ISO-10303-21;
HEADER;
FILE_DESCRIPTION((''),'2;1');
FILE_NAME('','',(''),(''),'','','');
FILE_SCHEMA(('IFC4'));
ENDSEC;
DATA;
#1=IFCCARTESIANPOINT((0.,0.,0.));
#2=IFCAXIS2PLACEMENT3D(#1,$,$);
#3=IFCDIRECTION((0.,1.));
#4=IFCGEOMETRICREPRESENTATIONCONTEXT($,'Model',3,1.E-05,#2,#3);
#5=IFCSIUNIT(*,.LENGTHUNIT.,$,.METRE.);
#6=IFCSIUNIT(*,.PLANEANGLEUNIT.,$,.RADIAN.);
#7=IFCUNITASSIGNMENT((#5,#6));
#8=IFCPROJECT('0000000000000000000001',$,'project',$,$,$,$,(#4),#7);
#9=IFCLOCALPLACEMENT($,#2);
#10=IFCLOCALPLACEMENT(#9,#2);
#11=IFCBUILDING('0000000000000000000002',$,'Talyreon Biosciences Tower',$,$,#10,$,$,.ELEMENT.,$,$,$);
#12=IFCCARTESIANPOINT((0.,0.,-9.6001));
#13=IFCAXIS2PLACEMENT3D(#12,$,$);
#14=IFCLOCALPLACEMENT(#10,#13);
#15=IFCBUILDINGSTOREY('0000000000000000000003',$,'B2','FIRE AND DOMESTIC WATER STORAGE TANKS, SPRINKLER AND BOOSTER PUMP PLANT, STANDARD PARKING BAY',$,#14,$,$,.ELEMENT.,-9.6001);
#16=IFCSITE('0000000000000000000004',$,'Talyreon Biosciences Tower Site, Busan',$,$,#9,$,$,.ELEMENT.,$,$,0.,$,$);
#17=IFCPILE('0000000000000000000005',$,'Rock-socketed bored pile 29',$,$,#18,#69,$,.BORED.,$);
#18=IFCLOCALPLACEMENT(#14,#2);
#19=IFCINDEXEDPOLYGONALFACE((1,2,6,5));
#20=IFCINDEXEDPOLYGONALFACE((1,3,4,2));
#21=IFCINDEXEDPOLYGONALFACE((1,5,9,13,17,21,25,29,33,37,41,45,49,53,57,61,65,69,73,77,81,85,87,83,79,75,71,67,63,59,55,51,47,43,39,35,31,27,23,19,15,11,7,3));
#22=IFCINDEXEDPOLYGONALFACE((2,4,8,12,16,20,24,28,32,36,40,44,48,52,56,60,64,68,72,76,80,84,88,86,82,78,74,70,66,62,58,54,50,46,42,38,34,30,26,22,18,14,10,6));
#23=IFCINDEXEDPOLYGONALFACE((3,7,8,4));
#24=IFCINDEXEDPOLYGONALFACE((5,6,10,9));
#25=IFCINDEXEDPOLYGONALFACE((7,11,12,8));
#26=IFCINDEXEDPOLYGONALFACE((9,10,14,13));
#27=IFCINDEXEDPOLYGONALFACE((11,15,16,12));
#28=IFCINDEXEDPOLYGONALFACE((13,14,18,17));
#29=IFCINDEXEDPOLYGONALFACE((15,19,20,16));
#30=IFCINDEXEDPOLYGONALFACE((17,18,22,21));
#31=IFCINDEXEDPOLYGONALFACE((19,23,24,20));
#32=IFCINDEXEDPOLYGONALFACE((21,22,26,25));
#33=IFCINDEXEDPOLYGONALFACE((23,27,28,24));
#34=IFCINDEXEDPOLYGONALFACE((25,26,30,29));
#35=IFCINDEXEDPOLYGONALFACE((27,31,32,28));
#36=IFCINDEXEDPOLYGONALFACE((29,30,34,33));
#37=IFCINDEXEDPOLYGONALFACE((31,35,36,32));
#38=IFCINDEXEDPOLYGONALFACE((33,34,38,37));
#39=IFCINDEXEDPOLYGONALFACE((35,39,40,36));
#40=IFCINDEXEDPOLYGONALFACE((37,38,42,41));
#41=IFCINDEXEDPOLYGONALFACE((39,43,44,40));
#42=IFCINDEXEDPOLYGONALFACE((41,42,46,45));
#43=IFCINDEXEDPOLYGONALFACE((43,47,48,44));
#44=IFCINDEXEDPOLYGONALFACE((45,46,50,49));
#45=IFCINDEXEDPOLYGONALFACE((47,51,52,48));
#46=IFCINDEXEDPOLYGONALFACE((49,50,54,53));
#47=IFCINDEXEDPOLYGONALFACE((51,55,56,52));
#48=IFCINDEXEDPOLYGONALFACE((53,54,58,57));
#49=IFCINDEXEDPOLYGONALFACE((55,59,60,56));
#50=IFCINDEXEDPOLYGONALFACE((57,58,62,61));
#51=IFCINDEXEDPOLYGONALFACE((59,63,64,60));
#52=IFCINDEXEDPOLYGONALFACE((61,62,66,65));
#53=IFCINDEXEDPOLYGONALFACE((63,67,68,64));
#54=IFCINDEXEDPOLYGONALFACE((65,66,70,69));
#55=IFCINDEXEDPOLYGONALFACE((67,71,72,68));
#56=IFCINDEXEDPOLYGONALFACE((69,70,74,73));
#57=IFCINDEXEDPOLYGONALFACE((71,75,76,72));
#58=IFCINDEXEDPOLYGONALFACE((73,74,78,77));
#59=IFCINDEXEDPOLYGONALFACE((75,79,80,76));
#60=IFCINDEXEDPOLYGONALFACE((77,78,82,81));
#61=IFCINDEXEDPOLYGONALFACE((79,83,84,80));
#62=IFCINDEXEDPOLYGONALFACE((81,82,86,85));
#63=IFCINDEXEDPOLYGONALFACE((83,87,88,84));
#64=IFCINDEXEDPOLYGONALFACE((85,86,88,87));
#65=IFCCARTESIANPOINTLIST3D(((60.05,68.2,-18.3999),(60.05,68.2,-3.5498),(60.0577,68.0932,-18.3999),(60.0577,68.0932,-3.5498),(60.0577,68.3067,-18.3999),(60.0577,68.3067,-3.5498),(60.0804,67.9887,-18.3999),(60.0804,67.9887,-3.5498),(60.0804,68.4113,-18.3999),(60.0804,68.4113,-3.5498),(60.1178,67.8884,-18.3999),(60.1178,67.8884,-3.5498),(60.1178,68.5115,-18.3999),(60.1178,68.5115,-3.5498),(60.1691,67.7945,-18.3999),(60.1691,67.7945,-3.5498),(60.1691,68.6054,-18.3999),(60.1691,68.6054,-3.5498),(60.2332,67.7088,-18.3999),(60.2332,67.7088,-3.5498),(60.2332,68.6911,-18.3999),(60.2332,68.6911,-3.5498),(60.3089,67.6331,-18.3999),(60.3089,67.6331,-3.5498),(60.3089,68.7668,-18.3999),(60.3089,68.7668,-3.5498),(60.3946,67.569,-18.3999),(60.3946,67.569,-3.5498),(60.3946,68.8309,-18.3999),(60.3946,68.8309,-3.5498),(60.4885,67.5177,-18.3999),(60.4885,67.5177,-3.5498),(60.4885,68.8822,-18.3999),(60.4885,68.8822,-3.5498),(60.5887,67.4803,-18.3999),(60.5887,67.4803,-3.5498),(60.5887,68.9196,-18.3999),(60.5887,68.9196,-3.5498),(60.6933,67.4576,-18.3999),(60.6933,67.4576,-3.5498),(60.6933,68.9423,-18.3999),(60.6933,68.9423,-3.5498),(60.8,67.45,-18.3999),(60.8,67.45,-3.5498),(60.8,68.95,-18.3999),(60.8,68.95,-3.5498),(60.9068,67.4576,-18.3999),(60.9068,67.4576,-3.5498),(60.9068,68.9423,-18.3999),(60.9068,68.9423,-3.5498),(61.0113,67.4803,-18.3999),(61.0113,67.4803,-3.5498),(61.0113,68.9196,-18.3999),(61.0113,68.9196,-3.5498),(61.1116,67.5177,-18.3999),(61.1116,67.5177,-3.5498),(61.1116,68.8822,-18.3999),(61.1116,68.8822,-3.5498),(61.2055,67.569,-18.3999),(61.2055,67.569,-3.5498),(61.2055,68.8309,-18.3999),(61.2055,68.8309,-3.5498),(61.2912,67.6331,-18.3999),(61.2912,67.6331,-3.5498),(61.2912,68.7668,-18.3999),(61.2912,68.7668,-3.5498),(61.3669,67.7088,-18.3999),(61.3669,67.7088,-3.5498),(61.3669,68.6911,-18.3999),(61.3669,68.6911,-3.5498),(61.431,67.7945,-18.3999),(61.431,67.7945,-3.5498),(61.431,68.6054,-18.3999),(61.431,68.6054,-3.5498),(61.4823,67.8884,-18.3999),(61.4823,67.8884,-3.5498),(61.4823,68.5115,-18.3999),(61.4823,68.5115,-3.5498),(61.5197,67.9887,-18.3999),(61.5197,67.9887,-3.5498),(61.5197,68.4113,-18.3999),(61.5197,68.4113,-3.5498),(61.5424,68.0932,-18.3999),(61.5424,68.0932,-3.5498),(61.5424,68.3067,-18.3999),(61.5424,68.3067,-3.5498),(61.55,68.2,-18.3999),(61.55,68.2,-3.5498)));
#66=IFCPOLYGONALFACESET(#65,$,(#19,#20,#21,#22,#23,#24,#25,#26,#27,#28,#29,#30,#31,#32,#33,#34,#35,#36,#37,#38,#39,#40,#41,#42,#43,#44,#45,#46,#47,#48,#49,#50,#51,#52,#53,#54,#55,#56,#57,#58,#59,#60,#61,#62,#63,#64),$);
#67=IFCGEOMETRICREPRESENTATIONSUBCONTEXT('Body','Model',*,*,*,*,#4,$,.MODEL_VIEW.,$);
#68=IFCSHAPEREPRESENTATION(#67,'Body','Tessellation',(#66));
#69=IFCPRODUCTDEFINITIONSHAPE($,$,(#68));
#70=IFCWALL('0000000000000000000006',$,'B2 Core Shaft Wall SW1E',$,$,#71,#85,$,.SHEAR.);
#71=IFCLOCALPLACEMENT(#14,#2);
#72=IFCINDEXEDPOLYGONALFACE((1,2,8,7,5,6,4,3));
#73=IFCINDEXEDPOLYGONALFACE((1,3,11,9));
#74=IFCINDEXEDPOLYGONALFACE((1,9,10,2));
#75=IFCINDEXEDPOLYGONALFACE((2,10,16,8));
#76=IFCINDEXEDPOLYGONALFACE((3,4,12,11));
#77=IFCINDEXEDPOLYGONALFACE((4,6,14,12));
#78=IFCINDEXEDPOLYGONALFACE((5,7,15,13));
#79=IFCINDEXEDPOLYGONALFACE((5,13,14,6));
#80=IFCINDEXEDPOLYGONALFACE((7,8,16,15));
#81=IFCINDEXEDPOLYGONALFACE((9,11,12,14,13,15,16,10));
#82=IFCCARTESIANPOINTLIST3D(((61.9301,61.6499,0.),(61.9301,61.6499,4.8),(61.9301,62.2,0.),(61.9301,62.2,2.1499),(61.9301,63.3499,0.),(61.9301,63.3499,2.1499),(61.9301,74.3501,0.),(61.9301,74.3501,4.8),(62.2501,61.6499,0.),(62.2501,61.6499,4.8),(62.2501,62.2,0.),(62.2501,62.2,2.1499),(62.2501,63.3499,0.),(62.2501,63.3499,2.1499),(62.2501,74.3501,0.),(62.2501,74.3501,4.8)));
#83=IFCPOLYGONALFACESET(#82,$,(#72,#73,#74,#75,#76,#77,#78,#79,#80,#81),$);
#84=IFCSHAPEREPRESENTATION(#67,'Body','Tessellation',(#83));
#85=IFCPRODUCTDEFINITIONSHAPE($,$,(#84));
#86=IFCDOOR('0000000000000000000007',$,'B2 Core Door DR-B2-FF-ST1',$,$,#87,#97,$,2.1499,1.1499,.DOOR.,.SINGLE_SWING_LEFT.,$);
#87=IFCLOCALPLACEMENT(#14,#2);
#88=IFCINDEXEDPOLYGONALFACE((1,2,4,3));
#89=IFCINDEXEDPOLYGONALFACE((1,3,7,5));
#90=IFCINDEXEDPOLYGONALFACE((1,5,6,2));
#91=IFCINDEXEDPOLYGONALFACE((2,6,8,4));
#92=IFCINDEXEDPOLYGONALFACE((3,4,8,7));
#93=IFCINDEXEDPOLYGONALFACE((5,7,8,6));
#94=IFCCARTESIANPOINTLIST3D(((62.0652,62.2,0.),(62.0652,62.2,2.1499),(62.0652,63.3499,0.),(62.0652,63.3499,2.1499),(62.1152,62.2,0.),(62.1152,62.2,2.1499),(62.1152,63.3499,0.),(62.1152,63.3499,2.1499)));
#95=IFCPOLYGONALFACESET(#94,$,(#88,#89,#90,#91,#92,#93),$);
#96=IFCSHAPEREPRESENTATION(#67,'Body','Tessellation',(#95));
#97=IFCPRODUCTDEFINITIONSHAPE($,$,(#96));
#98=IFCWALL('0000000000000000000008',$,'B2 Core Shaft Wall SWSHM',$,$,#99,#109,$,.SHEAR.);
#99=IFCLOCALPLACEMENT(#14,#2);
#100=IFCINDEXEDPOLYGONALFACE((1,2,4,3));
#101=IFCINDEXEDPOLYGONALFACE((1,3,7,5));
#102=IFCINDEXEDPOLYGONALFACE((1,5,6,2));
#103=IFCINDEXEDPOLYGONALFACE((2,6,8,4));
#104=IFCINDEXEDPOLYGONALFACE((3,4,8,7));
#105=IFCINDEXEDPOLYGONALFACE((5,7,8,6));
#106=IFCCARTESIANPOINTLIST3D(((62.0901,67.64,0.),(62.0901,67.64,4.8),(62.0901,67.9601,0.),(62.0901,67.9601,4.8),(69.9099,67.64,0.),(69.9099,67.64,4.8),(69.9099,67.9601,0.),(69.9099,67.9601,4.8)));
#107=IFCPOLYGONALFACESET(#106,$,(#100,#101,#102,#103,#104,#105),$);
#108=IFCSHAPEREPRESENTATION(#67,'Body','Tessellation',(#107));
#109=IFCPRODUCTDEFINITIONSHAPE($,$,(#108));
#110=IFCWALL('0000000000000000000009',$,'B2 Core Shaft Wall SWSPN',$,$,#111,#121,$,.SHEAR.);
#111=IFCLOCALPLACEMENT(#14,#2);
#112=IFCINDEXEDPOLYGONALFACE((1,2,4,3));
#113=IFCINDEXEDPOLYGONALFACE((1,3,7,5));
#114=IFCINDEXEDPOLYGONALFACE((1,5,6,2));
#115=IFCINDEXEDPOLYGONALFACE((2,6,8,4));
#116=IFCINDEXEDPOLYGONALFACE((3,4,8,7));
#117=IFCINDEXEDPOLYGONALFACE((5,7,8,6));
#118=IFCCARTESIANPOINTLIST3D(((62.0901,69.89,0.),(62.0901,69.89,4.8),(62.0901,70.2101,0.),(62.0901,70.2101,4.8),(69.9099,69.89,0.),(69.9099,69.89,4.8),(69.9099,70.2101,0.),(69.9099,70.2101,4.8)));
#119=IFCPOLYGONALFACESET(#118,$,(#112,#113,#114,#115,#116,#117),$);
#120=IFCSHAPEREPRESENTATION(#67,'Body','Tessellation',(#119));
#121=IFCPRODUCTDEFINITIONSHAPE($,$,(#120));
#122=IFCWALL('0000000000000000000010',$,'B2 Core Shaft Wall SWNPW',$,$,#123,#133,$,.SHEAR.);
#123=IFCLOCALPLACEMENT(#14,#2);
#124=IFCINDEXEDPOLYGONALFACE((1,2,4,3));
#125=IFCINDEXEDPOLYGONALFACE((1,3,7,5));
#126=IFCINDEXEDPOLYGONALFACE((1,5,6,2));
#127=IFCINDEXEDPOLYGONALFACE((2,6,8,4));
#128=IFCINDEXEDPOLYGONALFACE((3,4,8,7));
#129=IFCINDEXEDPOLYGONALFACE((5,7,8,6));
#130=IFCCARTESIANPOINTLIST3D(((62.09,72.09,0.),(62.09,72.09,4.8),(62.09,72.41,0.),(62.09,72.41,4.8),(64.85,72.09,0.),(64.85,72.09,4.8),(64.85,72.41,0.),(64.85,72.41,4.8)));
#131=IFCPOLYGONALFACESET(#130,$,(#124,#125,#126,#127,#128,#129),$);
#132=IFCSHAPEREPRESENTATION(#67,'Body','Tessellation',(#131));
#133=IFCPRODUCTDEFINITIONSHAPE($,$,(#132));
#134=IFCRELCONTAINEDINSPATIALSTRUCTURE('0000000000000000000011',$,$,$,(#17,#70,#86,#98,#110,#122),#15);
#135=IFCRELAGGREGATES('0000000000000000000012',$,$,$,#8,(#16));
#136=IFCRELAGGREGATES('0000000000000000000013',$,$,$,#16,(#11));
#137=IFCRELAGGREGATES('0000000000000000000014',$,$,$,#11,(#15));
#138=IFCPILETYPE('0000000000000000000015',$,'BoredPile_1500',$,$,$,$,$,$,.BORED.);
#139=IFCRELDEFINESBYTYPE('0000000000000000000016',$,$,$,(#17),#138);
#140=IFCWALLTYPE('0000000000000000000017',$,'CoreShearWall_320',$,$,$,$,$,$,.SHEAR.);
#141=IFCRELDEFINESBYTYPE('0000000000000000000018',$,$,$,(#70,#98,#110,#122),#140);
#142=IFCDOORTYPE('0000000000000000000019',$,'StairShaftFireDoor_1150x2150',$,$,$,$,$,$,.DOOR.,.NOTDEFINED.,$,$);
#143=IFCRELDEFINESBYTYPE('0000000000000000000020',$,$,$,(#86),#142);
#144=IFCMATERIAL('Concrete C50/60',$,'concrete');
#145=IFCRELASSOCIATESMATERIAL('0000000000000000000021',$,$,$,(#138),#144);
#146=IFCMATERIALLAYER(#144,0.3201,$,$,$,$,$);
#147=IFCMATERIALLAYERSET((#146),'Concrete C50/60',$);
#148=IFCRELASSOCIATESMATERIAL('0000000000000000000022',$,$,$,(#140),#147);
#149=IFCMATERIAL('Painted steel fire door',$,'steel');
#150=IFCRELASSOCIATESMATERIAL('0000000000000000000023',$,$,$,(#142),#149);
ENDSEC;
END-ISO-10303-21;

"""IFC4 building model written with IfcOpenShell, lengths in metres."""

from ifc_helpers import new_model, si_unit, direction, frame, frame_2d, origin, origin_2d, place, context, subcontext, project, spatial, rectangle, circle, extrude, material, layer, layer_set, material_profile, profile_set, type_object, element, fill, save


model = new_model("IFC4")

# Units and contexts
model_context = context("Model", 3, precision=1e-05, world=origin(), true_north=direction((0.0, 1.0)))
body_context = subcontext(model_context, "Body", "Model", "MODEL_VIEW")
ifc_project = project(units=[si_unit("LENGTHUNIT", "METRE"), si_unit("PLANEANGLEUNIT", "RADIAN")], contexts=[model_context])

# Site, building, storey
site_placement = place(None, origin())
site = spatial("IfcSite", under=ifc_project, at=site_placement, Name="Talyreon Biosciences Tower Site, Busan", CompositionType="ELEMENT", RefElevation=0.0)
building_placement = place(site_placement, origin())
building = spatial("IfcBuilding", under=site, at=building_placement, Name="Talyreon Biosciences Tower", CompositionType="ELEMENT")
storey_placement = place(building_placement, frame((0.0, 0.0, -9.6001)))
storey = spatial("IfcBuildingStorey", under=building, at=storey_placement, Name="B2", Description="FIRE AND DOMESTIC WATER STORAGE TANKS, SPRINKLER AND BOOSTER PUMP PLANT, STANDARD PARKING BAY", CompositionType="ELEMENT", Elevation=-9.6001)

# Pile
ifc_material_1 = material(Name="Concrete C50/60", Category="concrete")
ifc_material_profile = material_profile(ifc_material_1, circle(Radius=0.75, at=origin_2d()), Name="PILE D1500")
ifc_profile_set = profile_set([ifc_material_profile], Name="Concrete C50/60")
pile_type = type_object("IfcPileType", Name="BoredPile_1500", PredefinedType="BORED", material=ifc_profile_set)
pile_placement = place(storey_placement, frame((60.8, 68.2, -3.5498), z_axis=(0.0, 0.0, -1.0), x_axis=(1.0, 0.0, 0.0)))
element("IfcPile", 1, at=pile_placement, inside=storey, type_object=pile_type, Name="Rock-socketed bored pile 29", PredefinedType="BORED", context=body_context, shape_type="SweptSolid", body=[
    extrude(circle(Radius=0.75, at=origin_2d()), origin(), (0.0, 0.0, 1.0), 14.8501),
])

# Wall, opening, door
ifc_layer = layer(ifc_material_1, 0.3201)
ifc_layer_set = layer_set([ifc_layer], Name="Concrete C50/60")
wall_type = type_object("IfcWallType", Name="CoreShearWall_320", PredefinedType="SHEAR", material=ifc_layer_set)
wall_1_placement = place(storey_placement, frame((62.0901, 61.6499, 0.0), z_axis=(0.0, 0.0, 1.0), x_axis=(0.0, 1.0, 0.0)))
wall_1 = element("IfcWall", 2, at=wall_1_placement, inside=storey, type_object=wall_type, Name="B2 Core Shaft Wall SW1E", PredefinedType="SHEAR", context=body_context, shape_type="SweptSolid", body=[
    extrude(rectangle(XDim=12.7002, YDim=0.3201, at=frame_2d((6.3501, 0.0))), origin(), (0.0, 0.0, 1.0), 4.8),
])
opening_1_placement = place(wall_1_placement, frame((0.55, 0.0, 0.0)))
opening_1 = element("IfcOpeningElement", 3, at=opening_1_placement, cuts=wall_1, PredefinedType="OPENING", context=body_context, shape_type="SweptSolid", body=[
    extrude(rectangle(XDim=1.1499, YDim=2.1499, at=frame_2d((0.575, 1.075))), frame((0.0, 0.1699, 0.0), z_axis=(0.0, -1.0, 0.0), x_axis=(1.0, 0.0, 0.0)), (0.0, 0.0, 1.0), 0.3401),
])
ifc_material_2 = material(Name="Painted steel fire door", Category="steel")
door_type_1 = type_object("IfcDoorType", Name="StairShaftFireDoor_1150x2150", OperationType="NOTDEFINED", PredefinedType="DOOR", material=ifc_material_2)
door_1_placement = place(opening_1_placement, origin())
door_1 = element("IfcDoor", 4, at=door_1_placement, inside=storey, type_object=door_type_1, Name="B2 Core Door DR-B2-FF-ST1", OperationType="SINGLE_SWING_LEFT", OverallHeight=2.1499, OverallWidth=1.1499, PredefinedType="DOOR", context=body_context, shape_type="SweptSolid", body=[
    extrude(rectangle(XDim=1.1499, YDim=2.1499, at=frame_2d((0.575, 1.075))), frame((0.0, 0.0249, 0.0), z_axis=(0.0, -1.0, 0.0), x_axis=(1.0, 0.0, 0.0)), (0.0, 0.0, 1.0), 0.05),
])
fill(opening_1, door_1)

# Walls
for number, where, z_axis, x_axis, name in (
    (5, (62.0901, 67.8, 0.0), (0.0, 0.0, 1.0), (1.0, 0.0, 0.0), "B2 Core Shaft Wall SWSHM"),
    (6, (62.0901, 70.05, 0.0), (0.0, 0.0, 1.0), (1.0, 0.0, 0.0), "B2 Core Shaft Wall SWSPN"),
):
    element("IfcWall", number, at=place(storey_placement, frame(where, z_axis=z_axis, x_axis=x_axis)), inside=storey, type_object=wall_type, Name=name, PredefinedType="SHEAR", context=body_context, shape_type="SweptSolid", body=[
        extrude(rectangle(XDim=7.8198, YDim=0.3201, at=frame_2d((3.9099, 0.0))), origin(), (0.0, 0.0, 1.0), 4.8),
    ])
wall_2_placement = place(storey_placement, frame((62.0901, 72.25, 0.0), z_axis=(0.0, 0.0, 1.0), x_axis=(1.0, 0.0, 0.0)))
element("IfcWall", 7, at=wall_2_placement, inside=storey, type_object=wall_type, Name="B2 Core Shaft Wall SWNPW", PredefinedType="SHEAR", context=body_context, shape_type="SweptSolid", body=[
    extrude(rectangle(XDim=2.76, YDim=0.3201, at=frame_2d((1.3799, 0.0))), origin(), (0.0, 0.0, 1.0), 4.8),
])

save(model, "model.ifc")
